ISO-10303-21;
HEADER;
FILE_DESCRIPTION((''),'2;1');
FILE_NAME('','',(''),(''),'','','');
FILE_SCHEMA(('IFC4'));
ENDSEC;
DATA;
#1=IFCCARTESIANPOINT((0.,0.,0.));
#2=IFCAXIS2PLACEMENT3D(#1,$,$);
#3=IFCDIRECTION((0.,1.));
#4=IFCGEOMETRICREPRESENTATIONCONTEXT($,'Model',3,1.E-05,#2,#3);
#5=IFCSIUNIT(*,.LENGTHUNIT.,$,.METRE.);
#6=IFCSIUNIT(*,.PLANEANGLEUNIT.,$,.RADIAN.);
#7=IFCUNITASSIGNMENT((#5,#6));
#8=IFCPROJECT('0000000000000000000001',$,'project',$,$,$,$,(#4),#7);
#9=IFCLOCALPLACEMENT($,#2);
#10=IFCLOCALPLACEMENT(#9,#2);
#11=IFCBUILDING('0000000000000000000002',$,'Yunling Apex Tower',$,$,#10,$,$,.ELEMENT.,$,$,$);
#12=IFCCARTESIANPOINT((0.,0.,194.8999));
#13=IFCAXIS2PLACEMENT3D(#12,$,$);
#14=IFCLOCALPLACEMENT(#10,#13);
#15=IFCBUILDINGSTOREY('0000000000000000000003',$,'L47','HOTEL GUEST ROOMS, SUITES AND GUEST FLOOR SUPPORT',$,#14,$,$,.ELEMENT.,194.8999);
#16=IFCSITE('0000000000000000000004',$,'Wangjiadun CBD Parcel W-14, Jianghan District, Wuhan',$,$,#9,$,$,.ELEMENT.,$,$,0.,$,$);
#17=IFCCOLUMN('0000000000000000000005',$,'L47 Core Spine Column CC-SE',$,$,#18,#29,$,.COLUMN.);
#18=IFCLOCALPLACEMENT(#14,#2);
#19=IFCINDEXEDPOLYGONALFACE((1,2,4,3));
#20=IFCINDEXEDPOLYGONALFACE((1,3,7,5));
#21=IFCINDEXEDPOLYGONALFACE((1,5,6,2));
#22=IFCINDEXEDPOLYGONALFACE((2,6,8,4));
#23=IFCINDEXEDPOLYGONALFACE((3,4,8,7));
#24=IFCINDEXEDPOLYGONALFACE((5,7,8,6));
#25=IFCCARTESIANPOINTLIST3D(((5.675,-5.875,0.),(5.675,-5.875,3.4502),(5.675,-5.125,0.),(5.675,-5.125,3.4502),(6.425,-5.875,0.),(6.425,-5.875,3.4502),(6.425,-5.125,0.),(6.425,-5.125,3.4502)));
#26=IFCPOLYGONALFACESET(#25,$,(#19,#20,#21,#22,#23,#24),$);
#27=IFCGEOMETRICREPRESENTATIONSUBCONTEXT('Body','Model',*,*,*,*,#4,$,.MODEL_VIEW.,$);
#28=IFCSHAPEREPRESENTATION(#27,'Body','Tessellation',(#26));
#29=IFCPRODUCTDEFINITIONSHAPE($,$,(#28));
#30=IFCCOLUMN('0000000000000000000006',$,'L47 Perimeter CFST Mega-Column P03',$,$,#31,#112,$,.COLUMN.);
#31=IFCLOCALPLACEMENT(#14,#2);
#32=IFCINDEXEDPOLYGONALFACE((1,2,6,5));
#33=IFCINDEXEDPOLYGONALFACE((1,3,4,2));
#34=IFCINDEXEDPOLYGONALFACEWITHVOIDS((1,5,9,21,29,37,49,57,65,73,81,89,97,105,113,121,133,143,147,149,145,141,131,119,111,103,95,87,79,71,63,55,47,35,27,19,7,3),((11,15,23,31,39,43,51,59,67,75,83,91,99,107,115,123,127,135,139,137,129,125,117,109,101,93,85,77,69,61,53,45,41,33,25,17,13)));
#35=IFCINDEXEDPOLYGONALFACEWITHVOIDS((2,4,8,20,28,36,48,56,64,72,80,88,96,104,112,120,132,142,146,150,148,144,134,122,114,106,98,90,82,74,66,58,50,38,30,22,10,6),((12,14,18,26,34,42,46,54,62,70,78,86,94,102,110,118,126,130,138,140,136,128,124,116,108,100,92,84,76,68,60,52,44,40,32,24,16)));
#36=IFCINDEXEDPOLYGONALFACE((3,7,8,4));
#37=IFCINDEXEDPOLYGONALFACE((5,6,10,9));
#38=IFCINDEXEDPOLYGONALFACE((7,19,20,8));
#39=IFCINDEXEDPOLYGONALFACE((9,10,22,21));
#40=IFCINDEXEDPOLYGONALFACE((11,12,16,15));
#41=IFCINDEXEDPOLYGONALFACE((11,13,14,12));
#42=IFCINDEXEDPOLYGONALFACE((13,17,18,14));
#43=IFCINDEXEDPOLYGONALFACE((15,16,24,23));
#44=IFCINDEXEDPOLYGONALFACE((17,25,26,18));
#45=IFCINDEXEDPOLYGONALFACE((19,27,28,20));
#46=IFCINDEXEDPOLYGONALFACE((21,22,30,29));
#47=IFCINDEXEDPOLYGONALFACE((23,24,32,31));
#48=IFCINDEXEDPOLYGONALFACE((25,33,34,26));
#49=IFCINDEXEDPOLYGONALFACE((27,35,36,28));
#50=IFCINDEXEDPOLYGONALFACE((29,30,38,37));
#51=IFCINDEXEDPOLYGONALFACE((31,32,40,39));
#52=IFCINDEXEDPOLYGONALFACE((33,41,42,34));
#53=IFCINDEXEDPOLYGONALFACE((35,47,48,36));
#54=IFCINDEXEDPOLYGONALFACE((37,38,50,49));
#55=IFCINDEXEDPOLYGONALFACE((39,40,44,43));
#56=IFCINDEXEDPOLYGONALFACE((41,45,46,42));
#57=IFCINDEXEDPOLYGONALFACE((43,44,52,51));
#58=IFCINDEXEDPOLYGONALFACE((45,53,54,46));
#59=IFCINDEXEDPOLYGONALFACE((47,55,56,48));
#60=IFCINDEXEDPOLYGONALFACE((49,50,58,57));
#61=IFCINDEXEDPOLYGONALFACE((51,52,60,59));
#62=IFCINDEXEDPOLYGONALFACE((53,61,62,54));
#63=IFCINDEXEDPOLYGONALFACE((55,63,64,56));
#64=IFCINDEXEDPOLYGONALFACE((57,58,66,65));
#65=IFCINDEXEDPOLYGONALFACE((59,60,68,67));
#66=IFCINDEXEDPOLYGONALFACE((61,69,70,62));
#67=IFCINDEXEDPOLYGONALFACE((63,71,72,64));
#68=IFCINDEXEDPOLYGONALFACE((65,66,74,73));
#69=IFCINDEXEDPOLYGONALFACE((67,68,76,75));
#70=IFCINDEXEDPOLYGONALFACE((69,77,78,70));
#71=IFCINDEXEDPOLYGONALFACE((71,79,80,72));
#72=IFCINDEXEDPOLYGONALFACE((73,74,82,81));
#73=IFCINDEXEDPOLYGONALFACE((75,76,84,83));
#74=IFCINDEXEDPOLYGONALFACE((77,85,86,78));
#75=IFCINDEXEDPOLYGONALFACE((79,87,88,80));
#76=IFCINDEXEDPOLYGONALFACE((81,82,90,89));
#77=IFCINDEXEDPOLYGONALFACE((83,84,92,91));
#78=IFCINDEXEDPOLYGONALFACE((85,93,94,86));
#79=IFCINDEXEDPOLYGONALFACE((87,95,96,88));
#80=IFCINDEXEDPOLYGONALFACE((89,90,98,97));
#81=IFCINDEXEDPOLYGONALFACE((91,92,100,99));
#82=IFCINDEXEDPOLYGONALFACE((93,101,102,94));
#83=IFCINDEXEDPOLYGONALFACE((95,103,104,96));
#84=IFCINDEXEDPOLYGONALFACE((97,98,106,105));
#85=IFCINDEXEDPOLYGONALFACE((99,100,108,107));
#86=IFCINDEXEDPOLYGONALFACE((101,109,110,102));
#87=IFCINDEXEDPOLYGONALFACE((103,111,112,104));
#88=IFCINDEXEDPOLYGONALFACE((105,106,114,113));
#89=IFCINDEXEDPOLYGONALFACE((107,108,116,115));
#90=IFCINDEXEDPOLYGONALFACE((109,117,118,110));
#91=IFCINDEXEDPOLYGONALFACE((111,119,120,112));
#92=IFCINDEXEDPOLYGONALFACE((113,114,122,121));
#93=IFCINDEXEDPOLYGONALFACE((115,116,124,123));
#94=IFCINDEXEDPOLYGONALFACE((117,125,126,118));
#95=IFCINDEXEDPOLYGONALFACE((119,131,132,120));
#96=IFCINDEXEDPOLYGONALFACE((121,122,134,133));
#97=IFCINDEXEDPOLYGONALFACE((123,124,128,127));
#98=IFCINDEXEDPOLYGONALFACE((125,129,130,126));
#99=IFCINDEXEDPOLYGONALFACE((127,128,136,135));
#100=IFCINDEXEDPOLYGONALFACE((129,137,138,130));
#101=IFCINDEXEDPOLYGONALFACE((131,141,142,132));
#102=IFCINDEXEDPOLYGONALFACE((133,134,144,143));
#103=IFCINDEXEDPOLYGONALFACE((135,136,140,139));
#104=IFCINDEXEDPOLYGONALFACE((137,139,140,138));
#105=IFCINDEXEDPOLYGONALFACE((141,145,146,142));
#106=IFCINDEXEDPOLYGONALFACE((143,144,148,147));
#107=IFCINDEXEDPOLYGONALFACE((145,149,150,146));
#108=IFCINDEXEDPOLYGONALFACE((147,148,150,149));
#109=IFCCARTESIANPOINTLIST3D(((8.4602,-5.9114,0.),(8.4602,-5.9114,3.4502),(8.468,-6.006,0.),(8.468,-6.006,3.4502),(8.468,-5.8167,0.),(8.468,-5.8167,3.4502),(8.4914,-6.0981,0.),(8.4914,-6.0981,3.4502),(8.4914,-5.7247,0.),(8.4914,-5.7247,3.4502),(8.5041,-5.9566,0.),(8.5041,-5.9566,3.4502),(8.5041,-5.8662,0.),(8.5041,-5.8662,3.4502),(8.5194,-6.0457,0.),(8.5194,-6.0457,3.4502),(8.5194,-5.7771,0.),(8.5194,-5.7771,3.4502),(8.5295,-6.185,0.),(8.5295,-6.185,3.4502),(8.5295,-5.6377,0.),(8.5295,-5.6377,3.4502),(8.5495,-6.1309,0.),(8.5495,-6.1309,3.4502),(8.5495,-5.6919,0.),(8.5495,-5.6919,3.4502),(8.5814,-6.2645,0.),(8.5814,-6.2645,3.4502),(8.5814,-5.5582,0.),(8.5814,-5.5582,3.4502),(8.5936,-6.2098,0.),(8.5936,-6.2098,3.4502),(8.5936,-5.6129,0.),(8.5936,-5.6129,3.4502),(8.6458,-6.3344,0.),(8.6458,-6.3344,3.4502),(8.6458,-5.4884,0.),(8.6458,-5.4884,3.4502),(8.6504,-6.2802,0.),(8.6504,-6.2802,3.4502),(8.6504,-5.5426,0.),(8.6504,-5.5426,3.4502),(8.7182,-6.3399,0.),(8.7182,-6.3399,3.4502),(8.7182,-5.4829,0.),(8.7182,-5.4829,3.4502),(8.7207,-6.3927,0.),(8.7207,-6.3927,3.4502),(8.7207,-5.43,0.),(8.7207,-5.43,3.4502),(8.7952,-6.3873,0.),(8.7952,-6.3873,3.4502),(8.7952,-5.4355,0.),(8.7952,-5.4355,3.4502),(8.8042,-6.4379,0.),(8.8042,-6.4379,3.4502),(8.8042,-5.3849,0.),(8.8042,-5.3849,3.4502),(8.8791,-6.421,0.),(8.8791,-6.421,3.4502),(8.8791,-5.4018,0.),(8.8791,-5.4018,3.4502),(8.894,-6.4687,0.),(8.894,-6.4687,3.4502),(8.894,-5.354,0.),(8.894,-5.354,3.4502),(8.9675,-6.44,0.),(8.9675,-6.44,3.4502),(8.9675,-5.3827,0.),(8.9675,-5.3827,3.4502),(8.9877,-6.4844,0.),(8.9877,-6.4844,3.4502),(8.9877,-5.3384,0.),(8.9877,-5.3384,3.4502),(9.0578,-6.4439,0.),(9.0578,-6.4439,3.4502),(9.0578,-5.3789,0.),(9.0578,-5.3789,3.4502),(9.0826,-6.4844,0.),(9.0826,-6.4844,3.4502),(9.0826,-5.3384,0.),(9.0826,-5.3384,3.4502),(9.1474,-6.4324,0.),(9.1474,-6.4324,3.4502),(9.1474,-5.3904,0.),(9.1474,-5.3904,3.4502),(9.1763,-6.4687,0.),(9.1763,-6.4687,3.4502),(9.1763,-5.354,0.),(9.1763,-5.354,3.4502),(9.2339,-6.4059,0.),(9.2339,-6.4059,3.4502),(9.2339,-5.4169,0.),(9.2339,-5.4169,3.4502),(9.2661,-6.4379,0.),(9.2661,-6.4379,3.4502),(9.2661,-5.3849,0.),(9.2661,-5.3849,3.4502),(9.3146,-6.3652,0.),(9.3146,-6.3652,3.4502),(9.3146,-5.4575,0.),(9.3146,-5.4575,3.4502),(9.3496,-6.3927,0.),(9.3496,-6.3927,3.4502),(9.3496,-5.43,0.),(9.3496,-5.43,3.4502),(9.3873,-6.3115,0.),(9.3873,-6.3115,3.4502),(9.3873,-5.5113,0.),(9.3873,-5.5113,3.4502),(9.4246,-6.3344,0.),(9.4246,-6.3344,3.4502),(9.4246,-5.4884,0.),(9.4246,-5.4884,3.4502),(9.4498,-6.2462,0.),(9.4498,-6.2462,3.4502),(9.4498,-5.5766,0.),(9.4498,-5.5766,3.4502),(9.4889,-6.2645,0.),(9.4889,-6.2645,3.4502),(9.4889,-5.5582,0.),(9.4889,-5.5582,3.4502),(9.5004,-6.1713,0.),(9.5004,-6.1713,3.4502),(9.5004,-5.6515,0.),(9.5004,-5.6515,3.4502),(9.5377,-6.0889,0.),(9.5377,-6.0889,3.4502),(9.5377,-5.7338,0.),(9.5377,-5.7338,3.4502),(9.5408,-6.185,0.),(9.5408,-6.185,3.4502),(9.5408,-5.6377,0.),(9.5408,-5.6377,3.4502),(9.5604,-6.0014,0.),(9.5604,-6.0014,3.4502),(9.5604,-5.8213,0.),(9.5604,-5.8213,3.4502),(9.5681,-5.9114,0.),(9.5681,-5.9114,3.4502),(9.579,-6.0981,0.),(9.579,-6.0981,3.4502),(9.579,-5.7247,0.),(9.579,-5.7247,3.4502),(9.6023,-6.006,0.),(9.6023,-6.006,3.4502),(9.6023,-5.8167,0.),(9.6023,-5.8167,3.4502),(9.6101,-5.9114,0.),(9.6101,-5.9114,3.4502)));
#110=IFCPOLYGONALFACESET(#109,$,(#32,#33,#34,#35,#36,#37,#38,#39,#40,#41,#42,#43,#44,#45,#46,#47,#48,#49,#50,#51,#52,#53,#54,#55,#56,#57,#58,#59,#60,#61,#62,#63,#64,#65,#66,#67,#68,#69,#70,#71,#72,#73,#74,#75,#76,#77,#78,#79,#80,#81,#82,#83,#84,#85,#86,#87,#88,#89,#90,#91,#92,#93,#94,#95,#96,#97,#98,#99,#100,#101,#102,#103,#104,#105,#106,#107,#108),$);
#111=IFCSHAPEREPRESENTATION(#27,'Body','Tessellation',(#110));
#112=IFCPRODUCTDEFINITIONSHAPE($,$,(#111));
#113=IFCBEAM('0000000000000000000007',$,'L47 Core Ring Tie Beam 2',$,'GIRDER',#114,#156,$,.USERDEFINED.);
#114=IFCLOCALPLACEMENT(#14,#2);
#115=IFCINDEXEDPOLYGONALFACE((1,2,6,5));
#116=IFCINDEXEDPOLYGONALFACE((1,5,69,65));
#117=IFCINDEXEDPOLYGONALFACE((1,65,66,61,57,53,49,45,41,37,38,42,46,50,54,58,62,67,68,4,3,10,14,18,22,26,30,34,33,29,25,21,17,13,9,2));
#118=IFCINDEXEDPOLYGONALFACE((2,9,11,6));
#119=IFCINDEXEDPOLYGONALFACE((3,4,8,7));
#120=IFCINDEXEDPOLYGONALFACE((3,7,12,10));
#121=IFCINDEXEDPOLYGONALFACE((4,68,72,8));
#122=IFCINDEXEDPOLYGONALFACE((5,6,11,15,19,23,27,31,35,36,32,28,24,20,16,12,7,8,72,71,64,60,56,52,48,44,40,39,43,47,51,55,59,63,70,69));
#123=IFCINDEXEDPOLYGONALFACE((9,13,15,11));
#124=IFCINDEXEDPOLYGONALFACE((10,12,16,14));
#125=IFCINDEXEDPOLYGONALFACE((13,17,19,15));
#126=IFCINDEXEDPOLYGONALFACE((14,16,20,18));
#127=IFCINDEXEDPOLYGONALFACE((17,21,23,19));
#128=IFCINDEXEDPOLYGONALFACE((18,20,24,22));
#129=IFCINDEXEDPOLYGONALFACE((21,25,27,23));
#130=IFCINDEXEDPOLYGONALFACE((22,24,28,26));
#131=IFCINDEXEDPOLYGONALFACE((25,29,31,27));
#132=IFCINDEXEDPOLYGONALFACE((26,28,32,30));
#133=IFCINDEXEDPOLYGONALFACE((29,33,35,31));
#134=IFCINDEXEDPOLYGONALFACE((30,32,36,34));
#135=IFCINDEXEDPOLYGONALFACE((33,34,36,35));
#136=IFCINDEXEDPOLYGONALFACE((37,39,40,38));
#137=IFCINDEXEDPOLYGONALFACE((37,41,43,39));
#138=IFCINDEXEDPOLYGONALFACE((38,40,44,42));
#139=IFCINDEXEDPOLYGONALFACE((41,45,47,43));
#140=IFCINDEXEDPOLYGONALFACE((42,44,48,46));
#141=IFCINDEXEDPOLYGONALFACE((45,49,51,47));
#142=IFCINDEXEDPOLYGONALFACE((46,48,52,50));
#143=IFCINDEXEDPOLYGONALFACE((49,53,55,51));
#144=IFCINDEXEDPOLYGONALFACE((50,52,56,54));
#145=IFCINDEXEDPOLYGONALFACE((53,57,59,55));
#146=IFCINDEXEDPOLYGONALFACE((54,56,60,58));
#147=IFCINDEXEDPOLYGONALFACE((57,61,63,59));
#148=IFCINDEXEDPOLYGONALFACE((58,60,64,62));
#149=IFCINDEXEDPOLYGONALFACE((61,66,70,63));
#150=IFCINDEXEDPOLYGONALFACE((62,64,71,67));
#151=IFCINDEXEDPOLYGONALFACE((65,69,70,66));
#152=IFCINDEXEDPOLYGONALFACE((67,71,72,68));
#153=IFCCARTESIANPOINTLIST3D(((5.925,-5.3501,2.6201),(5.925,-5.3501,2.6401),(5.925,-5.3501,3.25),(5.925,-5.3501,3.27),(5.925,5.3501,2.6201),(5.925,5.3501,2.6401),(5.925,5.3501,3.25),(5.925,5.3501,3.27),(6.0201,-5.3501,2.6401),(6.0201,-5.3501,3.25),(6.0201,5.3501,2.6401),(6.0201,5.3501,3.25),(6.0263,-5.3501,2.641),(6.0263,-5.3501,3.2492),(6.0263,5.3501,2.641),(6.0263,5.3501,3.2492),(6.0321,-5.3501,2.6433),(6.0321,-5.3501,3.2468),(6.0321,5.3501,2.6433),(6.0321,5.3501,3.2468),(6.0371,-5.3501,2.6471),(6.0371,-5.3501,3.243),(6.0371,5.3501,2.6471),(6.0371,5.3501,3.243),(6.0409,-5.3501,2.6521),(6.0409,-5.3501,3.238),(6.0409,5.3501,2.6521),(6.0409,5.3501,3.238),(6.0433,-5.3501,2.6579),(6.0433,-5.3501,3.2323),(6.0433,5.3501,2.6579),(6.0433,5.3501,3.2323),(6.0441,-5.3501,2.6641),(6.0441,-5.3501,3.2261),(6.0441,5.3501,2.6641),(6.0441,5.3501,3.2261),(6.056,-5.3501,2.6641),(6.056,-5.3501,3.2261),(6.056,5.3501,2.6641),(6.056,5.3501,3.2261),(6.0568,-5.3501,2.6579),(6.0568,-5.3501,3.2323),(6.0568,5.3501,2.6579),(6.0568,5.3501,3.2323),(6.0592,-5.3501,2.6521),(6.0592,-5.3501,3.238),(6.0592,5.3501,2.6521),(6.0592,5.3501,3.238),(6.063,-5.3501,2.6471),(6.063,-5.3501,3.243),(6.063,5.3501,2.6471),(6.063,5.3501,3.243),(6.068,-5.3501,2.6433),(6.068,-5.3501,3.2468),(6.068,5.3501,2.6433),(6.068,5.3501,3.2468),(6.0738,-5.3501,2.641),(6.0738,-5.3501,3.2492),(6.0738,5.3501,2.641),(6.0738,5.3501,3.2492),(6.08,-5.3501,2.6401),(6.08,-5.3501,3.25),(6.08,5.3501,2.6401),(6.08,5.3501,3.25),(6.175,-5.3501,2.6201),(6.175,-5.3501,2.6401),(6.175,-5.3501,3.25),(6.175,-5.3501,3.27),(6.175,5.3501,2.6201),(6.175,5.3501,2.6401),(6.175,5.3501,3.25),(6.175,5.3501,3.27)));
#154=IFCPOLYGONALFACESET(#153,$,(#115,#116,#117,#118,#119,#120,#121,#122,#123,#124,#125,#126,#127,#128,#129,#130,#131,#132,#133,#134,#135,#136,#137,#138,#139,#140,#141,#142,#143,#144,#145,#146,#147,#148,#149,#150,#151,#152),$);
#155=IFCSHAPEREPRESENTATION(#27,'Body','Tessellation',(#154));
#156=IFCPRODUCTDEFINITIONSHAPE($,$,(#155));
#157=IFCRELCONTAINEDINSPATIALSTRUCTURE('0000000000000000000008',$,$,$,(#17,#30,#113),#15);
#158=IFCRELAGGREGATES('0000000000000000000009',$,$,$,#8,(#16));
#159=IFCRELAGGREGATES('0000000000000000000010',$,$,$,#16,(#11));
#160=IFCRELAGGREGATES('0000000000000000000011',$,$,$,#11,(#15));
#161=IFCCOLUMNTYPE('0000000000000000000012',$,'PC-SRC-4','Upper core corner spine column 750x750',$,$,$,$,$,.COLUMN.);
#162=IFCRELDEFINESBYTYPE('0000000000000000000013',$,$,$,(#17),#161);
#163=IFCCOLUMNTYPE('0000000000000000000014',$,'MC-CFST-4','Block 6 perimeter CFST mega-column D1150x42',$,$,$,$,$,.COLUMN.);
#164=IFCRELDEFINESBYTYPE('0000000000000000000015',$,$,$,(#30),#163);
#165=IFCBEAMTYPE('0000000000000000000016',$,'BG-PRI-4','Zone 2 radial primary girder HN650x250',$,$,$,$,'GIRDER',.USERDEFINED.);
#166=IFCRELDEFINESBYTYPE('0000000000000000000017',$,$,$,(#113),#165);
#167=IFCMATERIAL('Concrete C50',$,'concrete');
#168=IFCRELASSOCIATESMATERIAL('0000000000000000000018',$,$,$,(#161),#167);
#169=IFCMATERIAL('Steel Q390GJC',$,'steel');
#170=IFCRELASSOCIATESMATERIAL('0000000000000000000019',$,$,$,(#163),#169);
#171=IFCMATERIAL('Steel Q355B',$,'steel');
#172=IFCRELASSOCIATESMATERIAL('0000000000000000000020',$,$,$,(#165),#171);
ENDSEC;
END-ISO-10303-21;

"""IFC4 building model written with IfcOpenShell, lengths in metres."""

from ifc_helpers import new_model, si_unit, direction, frame, origin, origin_2d, place, context, subcontext, project, spatial, rectangle, hollow_circle, i_section, extrude, source, transform, mapped, material, material_profile, profile_set, type_object, element, save


model = new_model("IFC4")

# Units and contexts
model_context = context("Model", 3, precision=1e-05, world=origin(), true_north=direction((0.0, 1.0)))
body_context = subcontext(model_context, "Body", "Model", "MODEL_VIEW")
ifc_project = project(units=[si_unit("LENGTHUNIT", "METRE"), si_unit("PLANEANGLEUNIT", "RADIAN")], contexts=[model_context])

# Site, building, storey
site_placement = place(None, origin())
site = spatial("IfcSite", under=ifc_project, at=site_placement, Name="Wangjiadun CBD Parcel W-14, Jianghan District, Wuhan", CompositionType="ELEMENT", RefElevation=0.0)
building_placement = place(site_placement, origin())
building = spatial("IfcBuilding", under=site, at=building_placement, Name="Yunling Apex Tower", CompositionType="ELEMENT")
storey_placement = place(building_placement, frame((0.0, 0.0, 194.8999)))
storey = spatial("IfcBuildingStorey", under=building, at=storey_placement, Name="L47", Description="HOTEL GUEST ROOMS, SUITES AND GUEST FLOOR SUPPORT", CompositionType="ELEMENT", Elevation=194.8999)

# Columns
ifc_material_1 = material(Name="Concrete C50", Category="concrete")
ifc_material_profile_1 = material_profile(ifc_material_1, rectangle(XDim=0.75, YDim=0.75, at=origin_2d()))
ifc_profile_set_1 = profile_set([ifc_material_profile_1], Name="Concrete C50")
column_type_1 = type_object("IfcColumnType", Name="PC-SRC-4", Description="Upper core corner spine column 750x750", PredefinedType="COLUMN", material=ifc_profile_set_1)
shared_shape_1 = source(origin(), body_context, "Body", "SweptSolid", [
    extrude(rectangle(XDim=0.75, YDim=0.75, at=origin_2d()), origin(), (0.0, 0.0, 1.0), 3.4502),
])
column_1_placement = place(storey_placement, frame((6.05, -5.5, 0.0), z_axis=(0.0, 0.0, 1.0), x_axis=(1.0, 0.0, 0.0)))
element("IfcColumn", 1, at=column_1_placement, inside=storey, type_object=column_type_1, Name="L47 Core Spine Column CC-SE", PredefinedType="COLUMN", context=body_context, shape_type="MappedRepresentation", body=[
    mapped(shared_shape_1, transform((0.0, 0.0, 0.0), scale=1.0)),
])
ifc_material_2 = material(Name="Steel Q390GJC", Category="steel")
ifc_material_profile_2 = material_profile(ifc_material_2, hollow_circle(Radius=0.575, WallThickness=0.042, at=origin_2d()))
ifc_profile_set_2 = profile_set([ifc_material_profile_2], Name="Steel Q390GJC")
column_type_2 = type_object("IfcColumnType", Name="MC-CFST-4", Description="Block 6 perimeter CFST mega-column D1150x42", PredefinedType="COLUMN", material=ifc_profile_set_2)
shared_shape_2 = source(origin(), body_context, "Body", "SweptSolid", [
    extrude(hollow_circle(Radius=0.575, WallThickness=0.042, at=origin_2d()), origin(), (0.0, 0.0, 1.0), 3.4502),
])
column_2_placement = place(storey_placement, frame((9.0352, -5.9114, 0.0), z_axis=(0.0, 0.0, 1.0), x_axis=(1.0, 0.0, 0.0)))
element("IfcColumn", 2, at=column_2_placement, inside=storey, type_object=column_type_2, Name="L47 Perimeter CFST Mega-Column P03", PredefinedType="COLUMN", context=body_context, shape_type="MappedRepresentation", body=[
    mapped(shared_shape_2, transform((0.0, 0.0, 0.0), scale=1.0)),
])

# Beam
ifc_material_3 = material(Name="Steel Q355B", Category="steel")
ifc_material_profile_3 = material_profile(ifc_material_3, i_section(OverallWidth=0.25, OverallDepth=0.6499, WebThickness=0.012, FlangeThickness=0.02, FilletRadius=0.0239, at=origin_2d()))
ifc_profile_set_3 = profile_set([ifc_material_profile_3], Name="Steel Q355B")
beam_type_1 = type_object("IfcBeamType", Name="BG-PRI-4", Description="Zone 2 radial primary girder HN650x250", ElementType="GIRDER", PredefinedType="USERDEFINED", material=ifc_profile_set_3)
shared_shape_3 = source(origin(), body_context, "Body", "SweptSolid", [
    extrude(i_section(OverallWidth=0.25, OverallDepth=0.6499, WebThickness=0.012, FlangeThickness=0.02, FilletRadius=0.0239, at=origin_2d()), origin(), (0.0, 0.0, 1.0), 10.7002),
])
beam_1_placement = place(storey_placement, frame((6.05, -5.3501, 2.9451), z_axis=(0.0, 1.0, 0.0), x_axis=(-1.0, 0.0, 0.0)))
element("IfcBeam", 3, at=beam_1_placement, inside=storey, type_object=beam_type_1, Name="L47 Core Ring Tie Beam 2", ObjectType="GIRDER", PredefinedType="USERDEFINED", context=body_context, shape_type="MappedRepresentation", body=[
    mapped(shared_shape_3, transform((0.0, 0.0, 0.0), scale=1.0)),
])

save(model, "model.ifc")
